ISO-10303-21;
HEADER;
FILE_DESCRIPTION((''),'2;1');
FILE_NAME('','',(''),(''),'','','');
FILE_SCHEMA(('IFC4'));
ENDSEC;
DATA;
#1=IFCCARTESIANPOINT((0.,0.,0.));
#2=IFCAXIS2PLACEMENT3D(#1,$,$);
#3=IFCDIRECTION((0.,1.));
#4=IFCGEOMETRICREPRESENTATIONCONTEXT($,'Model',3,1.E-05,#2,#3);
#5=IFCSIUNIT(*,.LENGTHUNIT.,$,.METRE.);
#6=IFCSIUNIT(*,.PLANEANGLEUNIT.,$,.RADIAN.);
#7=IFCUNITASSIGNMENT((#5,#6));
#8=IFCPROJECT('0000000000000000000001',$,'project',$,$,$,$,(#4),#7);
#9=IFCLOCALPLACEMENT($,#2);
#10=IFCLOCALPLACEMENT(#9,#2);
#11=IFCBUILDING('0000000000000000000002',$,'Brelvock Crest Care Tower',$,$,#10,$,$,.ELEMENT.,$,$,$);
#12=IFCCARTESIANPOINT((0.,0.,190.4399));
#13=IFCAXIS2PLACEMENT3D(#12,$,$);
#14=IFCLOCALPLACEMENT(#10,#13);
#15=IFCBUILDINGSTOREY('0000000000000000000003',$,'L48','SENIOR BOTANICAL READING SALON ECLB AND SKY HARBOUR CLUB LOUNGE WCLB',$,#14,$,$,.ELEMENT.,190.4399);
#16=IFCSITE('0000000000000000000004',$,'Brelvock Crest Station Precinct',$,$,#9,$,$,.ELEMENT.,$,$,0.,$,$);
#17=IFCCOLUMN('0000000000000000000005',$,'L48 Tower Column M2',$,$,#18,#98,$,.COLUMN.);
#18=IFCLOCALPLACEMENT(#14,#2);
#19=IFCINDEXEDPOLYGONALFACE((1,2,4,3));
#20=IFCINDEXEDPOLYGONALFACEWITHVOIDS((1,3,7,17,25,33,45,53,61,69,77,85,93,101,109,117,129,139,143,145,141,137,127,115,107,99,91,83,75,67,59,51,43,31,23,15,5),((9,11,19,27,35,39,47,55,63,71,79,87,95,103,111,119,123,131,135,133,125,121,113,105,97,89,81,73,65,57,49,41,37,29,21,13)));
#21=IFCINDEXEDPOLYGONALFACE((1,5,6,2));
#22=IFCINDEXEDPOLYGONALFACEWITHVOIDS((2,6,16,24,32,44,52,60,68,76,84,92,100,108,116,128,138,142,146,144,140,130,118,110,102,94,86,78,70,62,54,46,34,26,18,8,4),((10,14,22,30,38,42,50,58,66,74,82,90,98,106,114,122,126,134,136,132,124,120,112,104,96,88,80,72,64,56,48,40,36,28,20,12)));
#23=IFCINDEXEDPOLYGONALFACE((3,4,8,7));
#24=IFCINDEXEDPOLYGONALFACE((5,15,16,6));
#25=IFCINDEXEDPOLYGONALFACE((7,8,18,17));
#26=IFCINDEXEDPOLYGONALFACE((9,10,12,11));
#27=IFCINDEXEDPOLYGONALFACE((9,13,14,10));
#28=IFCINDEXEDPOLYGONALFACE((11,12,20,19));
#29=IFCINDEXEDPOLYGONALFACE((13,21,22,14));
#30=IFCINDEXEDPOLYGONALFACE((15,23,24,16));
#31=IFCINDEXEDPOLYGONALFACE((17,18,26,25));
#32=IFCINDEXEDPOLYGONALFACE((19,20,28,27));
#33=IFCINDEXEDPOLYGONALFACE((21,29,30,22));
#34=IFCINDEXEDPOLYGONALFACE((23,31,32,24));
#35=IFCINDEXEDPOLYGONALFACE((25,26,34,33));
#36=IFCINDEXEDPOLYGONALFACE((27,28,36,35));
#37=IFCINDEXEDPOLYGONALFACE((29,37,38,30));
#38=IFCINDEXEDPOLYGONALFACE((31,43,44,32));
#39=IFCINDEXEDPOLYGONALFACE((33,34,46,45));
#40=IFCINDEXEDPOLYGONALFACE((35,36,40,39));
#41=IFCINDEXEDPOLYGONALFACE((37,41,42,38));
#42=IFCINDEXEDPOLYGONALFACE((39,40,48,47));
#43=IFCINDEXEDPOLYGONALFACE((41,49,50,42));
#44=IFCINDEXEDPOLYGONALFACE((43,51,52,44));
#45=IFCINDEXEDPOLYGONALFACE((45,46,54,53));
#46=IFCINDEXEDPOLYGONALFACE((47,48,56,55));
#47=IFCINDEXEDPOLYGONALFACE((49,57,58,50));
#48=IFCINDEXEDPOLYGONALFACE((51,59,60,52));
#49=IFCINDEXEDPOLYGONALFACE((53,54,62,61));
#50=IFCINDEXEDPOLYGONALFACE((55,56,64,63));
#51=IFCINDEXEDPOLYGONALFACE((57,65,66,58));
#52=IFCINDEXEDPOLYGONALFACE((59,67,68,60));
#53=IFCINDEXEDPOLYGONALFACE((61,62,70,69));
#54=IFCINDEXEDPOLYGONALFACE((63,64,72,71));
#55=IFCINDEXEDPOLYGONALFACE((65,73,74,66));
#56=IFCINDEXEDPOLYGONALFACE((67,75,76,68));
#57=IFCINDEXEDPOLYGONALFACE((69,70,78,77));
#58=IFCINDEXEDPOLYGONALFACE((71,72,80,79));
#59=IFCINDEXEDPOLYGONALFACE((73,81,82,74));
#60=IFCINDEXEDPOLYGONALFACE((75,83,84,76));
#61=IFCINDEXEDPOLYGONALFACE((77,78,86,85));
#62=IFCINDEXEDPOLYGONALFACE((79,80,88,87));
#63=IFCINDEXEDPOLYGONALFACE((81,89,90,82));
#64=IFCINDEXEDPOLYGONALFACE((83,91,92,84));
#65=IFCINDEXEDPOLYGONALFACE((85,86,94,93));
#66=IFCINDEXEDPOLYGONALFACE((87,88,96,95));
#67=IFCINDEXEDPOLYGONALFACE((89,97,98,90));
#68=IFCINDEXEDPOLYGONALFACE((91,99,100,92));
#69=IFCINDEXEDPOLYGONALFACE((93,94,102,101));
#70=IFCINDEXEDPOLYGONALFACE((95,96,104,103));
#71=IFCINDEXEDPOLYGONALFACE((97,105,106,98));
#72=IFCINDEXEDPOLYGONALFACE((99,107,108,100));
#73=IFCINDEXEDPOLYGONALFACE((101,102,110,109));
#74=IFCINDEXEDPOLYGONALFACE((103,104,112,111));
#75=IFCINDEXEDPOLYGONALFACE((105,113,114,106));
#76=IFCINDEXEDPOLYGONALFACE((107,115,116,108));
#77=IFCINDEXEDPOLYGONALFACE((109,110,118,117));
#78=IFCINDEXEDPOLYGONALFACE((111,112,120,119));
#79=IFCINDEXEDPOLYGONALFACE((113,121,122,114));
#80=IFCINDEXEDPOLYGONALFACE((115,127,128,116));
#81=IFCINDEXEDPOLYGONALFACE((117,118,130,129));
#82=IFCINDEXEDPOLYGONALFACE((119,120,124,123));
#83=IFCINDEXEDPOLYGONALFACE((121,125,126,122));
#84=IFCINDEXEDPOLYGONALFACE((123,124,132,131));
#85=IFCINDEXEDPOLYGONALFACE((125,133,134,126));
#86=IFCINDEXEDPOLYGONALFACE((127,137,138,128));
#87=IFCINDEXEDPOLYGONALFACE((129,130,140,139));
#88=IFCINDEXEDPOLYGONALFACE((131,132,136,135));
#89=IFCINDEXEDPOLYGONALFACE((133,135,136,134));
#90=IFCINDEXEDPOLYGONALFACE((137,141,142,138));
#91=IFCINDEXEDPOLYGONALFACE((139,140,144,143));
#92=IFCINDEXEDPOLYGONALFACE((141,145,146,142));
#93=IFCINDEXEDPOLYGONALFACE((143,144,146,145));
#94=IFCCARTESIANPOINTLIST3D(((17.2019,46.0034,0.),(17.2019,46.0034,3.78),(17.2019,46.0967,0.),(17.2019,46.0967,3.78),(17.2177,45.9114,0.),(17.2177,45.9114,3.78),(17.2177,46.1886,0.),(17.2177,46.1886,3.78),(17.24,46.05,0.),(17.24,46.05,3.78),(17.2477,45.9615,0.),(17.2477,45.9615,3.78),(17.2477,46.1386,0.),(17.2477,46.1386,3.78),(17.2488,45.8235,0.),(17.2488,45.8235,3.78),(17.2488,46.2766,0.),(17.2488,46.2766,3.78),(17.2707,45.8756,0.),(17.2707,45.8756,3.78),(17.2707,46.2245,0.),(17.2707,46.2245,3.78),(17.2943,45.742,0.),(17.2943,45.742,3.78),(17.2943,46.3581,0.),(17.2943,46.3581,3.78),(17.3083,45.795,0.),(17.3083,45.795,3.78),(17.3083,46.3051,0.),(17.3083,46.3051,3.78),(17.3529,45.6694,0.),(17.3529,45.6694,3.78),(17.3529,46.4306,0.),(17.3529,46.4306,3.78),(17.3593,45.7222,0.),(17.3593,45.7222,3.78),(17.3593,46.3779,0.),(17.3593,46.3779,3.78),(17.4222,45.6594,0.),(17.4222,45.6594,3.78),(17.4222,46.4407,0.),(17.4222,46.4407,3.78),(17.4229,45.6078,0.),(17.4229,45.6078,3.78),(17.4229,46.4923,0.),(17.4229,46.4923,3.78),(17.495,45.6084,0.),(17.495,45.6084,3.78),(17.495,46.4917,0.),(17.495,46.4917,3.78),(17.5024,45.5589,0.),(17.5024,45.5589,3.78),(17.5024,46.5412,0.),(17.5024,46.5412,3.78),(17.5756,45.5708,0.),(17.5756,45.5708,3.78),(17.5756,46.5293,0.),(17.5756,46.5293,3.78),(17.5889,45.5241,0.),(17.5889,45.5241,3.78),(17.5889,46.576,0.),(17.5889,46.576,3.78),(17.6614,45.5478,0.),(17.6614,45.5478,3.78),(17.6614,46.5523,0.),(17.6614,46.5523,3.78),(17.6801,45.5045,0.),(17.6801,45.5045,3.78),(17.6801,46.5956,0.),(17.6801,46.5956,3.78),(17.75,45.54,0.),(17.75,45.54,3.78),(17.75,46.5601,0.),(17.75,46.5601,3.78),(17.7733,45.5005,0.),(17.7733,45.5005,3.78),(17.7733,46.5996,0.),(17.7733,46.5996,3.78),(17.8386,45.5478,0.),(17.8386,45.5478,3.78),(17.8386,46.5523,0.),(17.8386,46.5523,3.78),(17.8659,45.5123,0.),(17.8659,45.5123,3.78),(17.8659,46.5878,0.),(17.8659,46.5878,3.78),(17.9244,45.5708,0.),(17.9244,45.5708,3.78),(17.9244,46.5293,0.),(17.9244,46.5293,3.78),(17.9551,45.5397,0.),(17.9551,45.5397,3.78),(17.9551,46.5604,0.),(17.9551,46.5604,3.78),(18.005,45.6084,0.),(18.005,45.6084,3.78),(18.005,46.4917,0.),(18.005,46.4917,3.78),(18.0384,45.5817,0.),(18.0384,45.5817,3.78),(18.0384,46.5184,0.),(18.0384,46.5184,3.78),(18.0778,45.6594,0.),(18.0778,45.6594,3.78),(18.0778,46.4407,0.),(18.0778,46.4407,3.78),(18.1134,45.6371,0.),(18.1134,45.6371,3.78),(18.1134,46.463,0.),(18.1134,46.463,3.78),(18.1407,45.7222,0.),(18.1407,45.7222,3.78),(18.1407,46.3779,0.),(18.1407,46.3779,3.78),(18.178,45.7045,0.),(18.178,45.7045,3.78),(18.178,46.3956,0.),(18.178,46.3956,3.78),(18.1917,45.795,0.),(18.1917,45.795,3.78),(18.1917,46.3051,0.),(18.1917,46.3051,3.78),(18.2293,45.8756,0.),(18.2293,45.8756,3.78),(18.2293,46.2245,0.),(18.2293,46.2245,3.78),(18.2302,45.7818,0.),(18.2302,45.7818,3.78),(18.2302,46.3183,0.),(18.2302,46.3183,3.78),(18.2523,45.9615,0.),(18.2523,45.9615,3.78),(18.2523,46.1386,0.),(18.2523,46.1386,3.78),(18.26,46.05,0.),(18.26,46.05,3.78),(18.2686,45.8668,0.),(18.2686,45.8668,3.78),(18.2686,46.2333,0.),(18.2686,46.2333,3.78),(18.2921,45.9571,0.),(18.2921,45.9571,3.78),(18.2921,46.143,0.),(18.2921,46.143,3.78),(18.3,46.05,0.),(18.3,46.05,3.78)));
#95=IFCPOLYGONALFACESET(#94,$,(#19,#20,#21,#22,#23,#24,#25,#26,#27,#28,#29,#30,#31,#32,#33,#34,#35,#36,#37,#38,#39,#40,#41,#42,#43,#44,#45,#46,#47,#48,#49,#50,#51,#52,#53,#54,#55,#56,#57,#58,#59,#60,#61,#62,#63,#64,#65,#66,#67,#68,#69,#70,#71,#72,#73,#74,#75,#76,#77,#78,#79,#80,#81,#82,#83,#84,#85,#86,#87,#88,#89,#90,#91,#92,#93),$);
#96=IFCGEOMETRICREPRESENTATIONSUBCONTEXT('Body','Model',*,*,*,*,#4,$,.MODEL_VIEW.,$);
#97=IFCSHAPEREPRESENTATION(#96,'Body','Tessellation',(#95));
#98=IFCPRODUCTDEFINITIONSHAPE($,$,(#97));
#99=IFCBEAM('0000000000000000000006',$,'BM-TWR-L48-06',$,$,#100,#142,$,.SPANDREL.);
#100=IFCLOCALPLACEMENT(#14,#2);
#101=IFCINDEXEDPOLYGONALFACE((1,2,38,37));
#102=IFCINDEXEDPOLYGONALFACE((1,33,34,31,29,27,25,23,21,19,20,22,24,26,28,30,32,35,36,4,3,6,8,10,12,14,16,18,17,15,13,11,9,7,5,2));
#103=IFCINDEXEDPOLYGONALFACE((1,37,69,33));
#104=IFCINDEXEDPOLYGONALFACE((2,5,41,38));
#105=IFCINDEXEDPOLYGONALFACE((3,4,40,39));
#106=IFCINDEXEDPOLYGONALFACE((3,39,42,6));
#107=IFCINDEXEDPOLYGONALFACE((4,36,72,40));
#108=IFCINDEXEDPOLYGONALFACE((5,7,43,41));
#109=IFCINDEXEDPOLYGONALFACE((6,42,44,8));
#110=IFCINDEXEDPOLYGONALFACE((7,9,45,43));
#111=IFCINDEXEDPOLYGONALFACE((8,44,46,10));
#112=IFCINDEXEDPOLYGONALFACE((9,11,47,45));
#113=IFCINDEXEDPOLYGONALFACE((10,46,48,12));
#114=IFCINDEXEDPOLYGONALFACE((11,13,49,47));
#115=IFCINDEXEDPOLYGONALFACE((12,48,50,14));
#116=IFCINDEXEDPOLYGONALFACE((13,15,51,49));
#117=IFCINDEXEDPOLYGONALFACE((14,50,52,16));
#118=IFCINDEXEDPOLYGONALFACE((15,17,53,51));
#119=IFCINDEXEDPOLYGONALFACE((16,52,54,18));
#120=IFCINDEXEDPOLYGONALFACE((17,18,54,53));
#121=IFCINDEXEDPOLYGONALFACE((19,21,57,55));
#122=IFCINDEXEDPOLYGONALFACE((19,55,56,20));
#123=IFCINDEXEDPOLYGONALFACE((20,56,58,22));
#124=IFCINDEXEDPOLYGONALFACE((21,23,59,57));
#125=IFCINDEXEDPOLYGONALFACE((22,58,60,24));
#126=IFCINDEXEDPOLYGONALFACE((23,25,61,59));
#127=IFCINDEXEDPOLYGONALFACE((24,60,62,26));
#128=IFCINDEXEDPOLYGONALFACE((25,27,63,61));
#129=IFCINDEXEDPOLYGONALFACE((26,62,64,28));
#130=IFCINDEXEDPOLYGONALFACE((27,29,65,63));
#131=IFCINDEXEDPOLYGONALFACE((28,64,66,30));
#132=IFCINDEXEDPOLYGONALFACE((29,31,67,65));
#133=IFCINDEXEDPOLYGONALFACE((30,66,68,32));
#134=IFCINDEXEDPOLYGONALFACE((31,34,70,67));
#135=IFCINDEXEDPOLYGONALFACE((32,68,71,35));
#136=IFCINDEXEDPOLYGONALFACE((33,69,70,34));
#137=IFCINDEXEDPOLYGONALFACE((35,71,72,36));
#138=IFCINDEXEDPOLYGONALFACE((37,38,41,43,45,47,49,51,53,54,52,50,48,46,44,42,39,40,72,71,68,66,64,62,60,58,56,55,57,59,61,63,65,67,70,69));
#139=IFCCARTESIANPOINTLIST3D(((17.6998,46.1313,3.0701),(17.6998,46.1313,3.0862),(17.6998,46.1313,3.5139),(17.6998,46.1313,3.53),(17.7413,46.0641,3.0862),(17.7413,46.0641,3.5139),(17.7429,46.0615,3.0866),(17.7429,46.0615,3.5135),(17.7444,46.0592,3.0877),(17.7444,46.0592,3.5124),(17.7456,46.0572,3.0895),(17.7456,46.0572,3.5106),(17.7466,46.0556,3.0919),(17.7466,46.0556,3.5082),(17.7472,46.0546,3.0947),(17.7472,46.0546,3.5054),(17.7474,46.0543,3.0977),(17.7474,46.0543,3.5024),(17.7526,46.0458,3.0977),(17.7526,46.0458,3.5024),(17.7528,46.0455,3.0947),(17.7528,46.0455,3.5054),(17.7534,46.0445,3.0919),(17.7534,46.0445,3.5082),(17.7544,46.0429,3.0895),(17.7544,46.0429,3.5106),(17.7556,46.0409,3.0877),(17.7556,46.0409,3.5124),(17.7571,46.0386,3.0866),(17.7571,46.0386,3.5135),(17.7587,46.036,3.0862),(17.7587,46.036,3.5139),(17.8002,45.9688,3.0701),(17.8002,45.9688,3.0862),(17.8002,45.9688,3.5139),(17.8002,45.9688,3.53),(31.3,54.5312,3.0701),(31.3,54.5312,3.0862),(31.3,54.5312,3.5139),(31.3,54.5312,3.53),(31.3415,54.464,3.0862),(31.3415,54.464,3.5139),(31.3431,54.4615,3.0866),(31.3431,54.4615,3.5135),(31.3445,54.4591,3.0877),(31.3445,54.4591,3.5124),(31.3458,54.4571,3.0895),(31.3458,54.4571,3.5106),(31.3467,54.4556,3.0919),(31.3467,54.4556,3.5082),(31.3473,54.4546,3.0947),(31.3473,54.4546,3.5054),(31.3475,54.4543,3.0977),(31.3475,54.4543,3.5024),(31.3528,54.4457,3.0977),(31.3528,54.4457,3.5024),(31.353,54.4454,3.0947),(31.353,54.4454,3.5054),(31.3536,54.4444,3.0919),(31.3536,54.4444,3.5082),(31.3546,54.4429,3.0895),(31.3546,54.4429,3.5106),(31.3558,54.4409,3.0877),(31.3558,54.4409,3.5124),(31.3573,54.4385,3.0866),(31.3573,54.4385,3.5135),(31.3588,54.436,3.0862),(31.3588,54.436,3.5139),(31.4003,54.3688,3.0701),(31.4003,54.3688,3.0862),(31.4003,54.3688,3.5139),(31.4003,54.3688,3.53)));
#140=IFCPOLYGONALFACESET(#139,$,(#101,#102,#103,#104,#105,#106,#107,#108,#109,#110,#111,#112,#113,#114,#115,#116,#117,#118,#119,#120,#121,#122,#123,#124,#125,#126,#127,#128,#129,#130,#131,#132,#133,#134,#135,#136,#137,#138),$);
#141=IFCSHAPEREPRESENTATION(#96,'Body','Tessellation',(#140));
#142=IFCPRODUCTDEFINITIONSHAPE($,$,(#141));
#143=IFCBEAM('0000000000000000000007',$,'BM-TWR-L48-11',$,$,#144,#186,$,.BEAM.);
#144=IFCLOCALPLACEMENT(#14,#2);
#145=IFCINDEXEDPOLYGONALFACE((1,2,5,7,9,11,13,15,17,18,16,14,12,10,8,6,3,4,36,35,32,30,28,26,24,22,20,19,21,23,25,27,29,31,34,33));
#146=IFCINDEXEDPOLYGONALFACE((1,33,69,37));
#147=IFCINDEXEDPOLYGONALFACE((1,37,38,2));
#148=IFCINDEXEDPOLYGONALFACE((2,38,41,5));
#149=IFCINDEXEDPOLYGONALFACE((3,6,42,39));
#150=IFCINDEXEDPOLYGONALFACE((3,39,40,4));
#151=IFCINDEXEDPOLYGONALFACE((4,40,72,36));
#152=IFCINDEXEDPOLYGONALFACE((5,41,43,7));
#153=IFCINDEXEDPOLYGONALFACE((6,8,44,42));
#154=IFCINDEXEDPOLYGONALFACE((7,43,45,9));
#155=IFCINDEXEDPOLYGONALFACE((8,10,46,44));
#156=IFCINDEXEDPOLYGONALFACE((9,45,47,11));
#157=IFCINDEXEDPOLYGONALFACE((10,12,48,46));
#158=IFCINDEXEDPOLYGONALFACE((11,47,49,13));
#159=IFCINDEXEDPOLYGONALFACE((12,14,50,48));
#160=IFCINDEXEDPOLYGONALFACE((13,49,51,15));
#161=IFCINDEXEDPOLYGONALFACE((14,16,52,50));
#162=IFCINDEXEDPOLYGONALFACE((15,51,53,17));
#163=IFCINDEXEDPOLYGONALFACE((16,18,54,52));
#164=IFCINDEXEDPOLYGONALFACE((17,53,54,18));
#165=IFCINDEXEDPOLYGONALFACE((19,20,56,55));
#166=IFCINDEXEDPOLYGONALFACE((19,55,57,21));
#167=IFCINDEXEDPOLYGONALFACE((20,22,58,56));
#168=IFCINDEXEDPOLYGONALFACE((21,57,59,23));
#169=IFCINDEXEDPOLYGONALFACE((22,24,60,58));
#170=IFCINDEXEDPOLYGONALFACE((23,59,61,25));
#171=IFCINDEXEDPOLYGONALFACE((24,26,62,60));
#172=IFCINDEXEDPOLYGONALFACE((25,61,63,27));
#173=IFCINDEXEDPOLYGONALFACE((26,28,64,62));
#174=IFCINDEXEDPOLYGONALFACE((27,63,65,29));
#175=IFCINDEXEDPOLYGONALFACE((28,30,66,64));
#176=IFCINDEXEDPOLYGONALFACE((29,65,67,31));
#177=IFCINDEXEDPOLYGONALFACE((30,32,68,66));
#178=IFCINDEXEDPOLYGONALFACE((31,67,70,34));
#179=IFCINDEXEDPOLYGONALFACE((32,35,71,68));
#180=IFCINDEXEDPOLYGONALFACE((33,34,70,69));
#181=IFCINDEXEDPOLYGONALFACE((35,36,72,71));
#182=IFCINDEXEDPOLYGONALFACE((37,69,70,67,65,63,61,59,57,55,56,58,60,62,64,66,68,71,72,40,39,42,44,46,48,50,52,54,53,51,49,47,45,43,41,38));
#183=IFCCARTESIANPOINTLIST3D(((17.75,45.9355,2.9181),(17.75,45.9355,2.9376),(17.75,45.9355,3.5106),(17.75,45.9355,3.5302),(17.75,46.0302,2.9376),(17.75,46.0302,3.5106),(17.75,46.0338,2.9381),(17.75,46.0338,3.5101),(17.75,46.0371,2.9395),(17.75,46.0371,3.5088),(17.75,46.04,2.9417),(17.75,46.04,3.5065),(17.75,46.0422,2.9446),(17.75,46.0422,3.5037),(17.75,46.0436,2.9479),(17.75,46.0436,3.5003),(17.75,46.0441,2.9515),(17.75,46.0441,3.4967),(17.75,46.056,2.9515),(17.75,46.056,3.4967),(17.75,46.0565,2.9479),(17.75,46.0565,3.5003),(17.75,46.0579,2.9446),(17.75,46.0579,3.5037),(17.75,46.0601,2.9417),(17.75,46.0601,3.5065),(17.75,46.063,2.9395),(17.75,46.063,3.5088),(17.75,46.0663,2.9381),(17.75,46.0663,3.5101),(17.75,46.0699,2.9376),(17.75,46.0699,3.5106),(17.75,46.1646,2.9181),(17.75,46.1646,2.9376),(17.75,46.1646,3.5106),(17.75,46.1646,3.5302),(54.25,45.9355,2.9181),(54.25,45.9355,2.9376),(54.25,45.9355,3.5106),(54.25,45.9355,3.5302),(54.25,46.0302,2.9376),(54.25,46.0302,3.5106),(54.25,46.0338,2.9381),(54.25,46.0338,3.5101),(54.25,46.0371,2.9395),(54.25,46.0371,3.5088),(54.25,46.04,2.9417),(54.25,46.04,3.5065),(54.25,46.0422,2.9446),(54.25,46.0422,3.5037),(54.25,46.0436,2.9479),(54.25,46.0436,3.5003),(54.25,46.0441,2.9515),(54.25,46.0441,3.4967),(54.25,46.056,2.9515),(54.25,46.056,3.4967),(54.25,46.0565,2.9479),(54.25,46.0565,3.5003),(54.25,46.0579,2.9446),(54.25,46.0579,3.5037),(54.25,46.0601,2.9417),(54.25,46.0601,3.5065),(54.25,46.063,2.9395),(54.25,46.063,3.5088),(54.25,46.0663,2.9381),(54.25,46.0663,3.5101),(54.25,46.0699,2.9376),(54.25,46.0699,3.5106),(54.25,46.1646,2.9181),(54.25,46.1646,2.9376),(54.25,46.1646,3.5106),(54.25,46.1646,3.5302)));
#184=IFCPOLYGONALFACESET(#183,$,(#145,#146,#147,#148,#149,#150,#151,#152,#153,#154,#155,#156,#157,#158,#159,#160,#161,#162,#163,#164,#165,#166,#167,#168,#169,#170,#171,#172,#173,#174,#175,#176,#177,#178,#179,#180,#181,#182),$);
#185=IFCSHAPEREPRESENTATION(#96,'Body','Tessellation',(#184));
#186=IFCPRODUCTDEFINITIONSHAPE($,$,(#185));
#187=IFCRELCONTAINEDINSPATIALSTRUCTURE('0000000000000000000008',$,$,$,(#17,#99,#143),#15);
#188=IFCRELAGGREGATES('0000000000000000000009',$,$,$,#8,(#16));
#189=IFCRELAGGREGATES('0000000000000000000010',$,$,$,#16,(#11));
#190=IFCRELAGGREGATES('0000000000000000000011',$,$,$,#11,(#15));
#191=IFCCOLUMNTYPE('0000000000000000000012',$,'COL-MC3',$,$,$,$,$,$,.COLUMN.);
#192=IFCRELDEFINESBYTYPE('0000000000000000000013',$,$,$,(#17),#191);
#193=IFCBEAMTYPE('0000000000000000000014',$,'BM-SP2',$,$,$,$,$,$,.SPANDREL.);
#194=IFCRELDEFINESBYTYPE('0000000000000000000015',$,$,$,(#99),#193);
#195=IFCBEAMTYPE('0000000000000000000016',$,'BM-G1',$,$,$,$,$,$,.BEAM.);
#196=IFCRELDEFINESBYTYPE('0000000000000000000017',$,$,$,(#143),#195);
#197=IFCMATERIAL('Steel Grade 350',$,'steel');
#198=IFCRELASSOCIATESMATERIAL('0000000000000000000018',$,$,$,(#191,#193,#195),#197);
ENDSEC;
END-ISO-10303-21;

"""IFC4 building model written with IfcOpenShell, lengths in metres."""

from ifc_helpers import new_model, si_unit, direction, frame, origin, origin_2d, place, context, subcontext, project, spatial, hollow_circle, i_section, extrude, source, transform, mapped, material, material_profile, profile_set, type_object, element, save


model = new_model("IFC4")

# Units and contexts
model_context = context("Model", 3, precision=1e-05, world=origin(), true_north=direction((0.0, 1.0)))
body_context = subcontext(model_context, "Body", "Model", "MODEL_VIEW")
ifc_project = project(units=[si_unit("LENGTHUNIT", "METRE"), si_unit("PLANEANGLEUNIT", "RADIAN")], contexts=[model_context])

# Site, building, storey
site_placement = place(None, origin())
site = spatial("IfcSite", under=ifc_project, at=site_placement, Name="Brelvock Crest Station Precinct", CompositionType="ELEMENT", RefElevation=0.0)
building_placement = place(site_placement, origin())
building = spatial("IfcBuilding", under=site, at=building_placement, Name="Brelvock Crest Care Tower", CompositionType="ELEMENT")
storey_placement = place(building_placement, frame((0.0, 0.0, 190.4399)))
storey = spatial("IfcBuildingStorey", under=building, at=storey_placement, Name="L48", Description="SENIOR BOTANICAL READING SALON ECLB AND SKY HARBOUR CLUB LOUNGE WCLB", CompositionType="ELEMENT", Elevation=190.4399)

# Column
ifc_material_1 = material(Name="Steel Grade 350", Category="steel")
ifc_material_profile_1 = material_profile(ifc_material_1, hollow_circle(Radius=0.55, WallThickness=0.04, at=origin_2d()), Name="CFT1100x40")
ifc_profile_set_1 = profile_set([ifc_material_profile_1], Name="Steel Grade 350")
column_type = type_object("IfcColumnType", Name="COL-MC3", PredefinedType="COLUMN", material=ifc_profile_set_1)
shared_shape_1 = source(origin(), body_context, "Body", "SweptSolid", [
    extrude(hollow_circle(Radius=0.55, WallThickness=0.04, at=origin_2d()), origin(), (0.0, 0.0, 1.0), 3.78),
])
column_placement = place(storey_placement, frame((17.75, 46.05, 0.0), z_axis=(0.0, 0.0, 1.0), x_axis=(1.0, 0.0, 0.0)))
element("IfcColumn", 1, at=column_placement, inside=storey, type_object=column_type, Name="L48 Tower Column M2", PredefinedType="COLUMN", context=body_context, shape_type="MappedRepresentation", body=[
    mapped(shared_shape_1, transform((0.0, 0.0, 0.0), x_axis=(1.0, 0.0, 0.0), y_axis=(0.0, 1.0, 0.0), z_axis=(0.0, 0.0, 1.0), scale=1.0)),
])

# Beams
ifc_material_profile_2 = material_profile(ifc_material_1, i_section(OverallWidth=0.1909, OverallDepth=0.46, WebThickness=0.01, FlangeThickness=0.0161, FilletRadius=0.0115, at=origin_2d()), Name="460UB82.1")
ifc_profile_set_2 = profile_set([ifc_material_profile_2], Name="Steel Grade 350")
beam_type_1 = type_object("IfcBeamType", Name="BM-SP2", PredefinedType="SPANDREL", material=ifc_profile_set_2)
shared_shape_2 = source(origin(), body_context, "Body", "SweptSolid", [
    extrude(i_section(OverallWidth=0.1909, OverallDepth=0.46, WebThickness=0.01, FlangeThickness=0.0161, FilletRadius=0.0115, at=origin_2d()), origin(), (0.0, 0.0, 1.0), 15.9851),
])
beam_1_placement = place(storey_placement, frame((17.75, 46.05, 3.3), z_axis=(0.850802, 0.525486, 0.0), x_axis=(-0.525486, 0.850802, 0.0)))
element("IfcBeam", 2, at=beam_1_placement, inside=storey, type_object=beam_type_1, Name="BM-TWR-L48-06", PredefinedType="SPANDREL", context=body_context, shape_type="MappedRepresentation", body=[
    mapped(shared_shape_2, transform((0.0, 0.0, 0.0), x_axis=(1.0, 0.0, 0.0), y_axis=(0.0, 1.0, 0.0), z_axis=(0.0, 0.0, 1.0), scale=1.0)),
])
ifc_material_profile_3 = material_profile(ifc_material_1, i_section(OverallWidth=0.229, OverallDepth=0.6121, WebThickness=0.012, FlangeThickness=0.0195, FilletRadius=0.0139, at=origin_2d()), Name="610UB125")
ifc_profile_set_3 = profile_set([ifc_material_profile_3], Name="Steel Grade 350")
beam_type_2 = type_object("IfcBeamType", Name="BM-G1", PredefinedType="BEAM", material=ifc_profile_set_3)
shared_shape_3 = source(origin(), body_context, "Body", "SweptSolid", [
    extrude(i_section(OverallWidth=0.229, OverallDepth=0.6121, WebThickness=0.012, FlangeThickness=0.0195, FilletRadius=0.0139, at=origin_2d()), origin(), (0.0, 0.0, 1.0), 36.5),
])
beam_2_placement = place(storey_placement, frame((17.75, 46.05, 3.2241), z_axis=(1.0, 0.0, 0.0), x_axis=(0.0, 1.0, 0.0)))
element("IfcBeam", 3, at=beam_2_placement, inside=storey, type_object=beam_type_2, Name="BM-TWR-L48-11", PredefinedType="BEAM", context=body_context, shape_type="MappedRepresentation", body=[
    mapped(shared_shape_3, transform((0.0, 0.0, 0.0), x_axis=(1.0, 0.0, 0.0), y_axis=(0.0, 1.0, 0.0), z_axis=(0.0, 0.0, 1.0), scale=1.0)),
])

save(model, "model.ifc")
